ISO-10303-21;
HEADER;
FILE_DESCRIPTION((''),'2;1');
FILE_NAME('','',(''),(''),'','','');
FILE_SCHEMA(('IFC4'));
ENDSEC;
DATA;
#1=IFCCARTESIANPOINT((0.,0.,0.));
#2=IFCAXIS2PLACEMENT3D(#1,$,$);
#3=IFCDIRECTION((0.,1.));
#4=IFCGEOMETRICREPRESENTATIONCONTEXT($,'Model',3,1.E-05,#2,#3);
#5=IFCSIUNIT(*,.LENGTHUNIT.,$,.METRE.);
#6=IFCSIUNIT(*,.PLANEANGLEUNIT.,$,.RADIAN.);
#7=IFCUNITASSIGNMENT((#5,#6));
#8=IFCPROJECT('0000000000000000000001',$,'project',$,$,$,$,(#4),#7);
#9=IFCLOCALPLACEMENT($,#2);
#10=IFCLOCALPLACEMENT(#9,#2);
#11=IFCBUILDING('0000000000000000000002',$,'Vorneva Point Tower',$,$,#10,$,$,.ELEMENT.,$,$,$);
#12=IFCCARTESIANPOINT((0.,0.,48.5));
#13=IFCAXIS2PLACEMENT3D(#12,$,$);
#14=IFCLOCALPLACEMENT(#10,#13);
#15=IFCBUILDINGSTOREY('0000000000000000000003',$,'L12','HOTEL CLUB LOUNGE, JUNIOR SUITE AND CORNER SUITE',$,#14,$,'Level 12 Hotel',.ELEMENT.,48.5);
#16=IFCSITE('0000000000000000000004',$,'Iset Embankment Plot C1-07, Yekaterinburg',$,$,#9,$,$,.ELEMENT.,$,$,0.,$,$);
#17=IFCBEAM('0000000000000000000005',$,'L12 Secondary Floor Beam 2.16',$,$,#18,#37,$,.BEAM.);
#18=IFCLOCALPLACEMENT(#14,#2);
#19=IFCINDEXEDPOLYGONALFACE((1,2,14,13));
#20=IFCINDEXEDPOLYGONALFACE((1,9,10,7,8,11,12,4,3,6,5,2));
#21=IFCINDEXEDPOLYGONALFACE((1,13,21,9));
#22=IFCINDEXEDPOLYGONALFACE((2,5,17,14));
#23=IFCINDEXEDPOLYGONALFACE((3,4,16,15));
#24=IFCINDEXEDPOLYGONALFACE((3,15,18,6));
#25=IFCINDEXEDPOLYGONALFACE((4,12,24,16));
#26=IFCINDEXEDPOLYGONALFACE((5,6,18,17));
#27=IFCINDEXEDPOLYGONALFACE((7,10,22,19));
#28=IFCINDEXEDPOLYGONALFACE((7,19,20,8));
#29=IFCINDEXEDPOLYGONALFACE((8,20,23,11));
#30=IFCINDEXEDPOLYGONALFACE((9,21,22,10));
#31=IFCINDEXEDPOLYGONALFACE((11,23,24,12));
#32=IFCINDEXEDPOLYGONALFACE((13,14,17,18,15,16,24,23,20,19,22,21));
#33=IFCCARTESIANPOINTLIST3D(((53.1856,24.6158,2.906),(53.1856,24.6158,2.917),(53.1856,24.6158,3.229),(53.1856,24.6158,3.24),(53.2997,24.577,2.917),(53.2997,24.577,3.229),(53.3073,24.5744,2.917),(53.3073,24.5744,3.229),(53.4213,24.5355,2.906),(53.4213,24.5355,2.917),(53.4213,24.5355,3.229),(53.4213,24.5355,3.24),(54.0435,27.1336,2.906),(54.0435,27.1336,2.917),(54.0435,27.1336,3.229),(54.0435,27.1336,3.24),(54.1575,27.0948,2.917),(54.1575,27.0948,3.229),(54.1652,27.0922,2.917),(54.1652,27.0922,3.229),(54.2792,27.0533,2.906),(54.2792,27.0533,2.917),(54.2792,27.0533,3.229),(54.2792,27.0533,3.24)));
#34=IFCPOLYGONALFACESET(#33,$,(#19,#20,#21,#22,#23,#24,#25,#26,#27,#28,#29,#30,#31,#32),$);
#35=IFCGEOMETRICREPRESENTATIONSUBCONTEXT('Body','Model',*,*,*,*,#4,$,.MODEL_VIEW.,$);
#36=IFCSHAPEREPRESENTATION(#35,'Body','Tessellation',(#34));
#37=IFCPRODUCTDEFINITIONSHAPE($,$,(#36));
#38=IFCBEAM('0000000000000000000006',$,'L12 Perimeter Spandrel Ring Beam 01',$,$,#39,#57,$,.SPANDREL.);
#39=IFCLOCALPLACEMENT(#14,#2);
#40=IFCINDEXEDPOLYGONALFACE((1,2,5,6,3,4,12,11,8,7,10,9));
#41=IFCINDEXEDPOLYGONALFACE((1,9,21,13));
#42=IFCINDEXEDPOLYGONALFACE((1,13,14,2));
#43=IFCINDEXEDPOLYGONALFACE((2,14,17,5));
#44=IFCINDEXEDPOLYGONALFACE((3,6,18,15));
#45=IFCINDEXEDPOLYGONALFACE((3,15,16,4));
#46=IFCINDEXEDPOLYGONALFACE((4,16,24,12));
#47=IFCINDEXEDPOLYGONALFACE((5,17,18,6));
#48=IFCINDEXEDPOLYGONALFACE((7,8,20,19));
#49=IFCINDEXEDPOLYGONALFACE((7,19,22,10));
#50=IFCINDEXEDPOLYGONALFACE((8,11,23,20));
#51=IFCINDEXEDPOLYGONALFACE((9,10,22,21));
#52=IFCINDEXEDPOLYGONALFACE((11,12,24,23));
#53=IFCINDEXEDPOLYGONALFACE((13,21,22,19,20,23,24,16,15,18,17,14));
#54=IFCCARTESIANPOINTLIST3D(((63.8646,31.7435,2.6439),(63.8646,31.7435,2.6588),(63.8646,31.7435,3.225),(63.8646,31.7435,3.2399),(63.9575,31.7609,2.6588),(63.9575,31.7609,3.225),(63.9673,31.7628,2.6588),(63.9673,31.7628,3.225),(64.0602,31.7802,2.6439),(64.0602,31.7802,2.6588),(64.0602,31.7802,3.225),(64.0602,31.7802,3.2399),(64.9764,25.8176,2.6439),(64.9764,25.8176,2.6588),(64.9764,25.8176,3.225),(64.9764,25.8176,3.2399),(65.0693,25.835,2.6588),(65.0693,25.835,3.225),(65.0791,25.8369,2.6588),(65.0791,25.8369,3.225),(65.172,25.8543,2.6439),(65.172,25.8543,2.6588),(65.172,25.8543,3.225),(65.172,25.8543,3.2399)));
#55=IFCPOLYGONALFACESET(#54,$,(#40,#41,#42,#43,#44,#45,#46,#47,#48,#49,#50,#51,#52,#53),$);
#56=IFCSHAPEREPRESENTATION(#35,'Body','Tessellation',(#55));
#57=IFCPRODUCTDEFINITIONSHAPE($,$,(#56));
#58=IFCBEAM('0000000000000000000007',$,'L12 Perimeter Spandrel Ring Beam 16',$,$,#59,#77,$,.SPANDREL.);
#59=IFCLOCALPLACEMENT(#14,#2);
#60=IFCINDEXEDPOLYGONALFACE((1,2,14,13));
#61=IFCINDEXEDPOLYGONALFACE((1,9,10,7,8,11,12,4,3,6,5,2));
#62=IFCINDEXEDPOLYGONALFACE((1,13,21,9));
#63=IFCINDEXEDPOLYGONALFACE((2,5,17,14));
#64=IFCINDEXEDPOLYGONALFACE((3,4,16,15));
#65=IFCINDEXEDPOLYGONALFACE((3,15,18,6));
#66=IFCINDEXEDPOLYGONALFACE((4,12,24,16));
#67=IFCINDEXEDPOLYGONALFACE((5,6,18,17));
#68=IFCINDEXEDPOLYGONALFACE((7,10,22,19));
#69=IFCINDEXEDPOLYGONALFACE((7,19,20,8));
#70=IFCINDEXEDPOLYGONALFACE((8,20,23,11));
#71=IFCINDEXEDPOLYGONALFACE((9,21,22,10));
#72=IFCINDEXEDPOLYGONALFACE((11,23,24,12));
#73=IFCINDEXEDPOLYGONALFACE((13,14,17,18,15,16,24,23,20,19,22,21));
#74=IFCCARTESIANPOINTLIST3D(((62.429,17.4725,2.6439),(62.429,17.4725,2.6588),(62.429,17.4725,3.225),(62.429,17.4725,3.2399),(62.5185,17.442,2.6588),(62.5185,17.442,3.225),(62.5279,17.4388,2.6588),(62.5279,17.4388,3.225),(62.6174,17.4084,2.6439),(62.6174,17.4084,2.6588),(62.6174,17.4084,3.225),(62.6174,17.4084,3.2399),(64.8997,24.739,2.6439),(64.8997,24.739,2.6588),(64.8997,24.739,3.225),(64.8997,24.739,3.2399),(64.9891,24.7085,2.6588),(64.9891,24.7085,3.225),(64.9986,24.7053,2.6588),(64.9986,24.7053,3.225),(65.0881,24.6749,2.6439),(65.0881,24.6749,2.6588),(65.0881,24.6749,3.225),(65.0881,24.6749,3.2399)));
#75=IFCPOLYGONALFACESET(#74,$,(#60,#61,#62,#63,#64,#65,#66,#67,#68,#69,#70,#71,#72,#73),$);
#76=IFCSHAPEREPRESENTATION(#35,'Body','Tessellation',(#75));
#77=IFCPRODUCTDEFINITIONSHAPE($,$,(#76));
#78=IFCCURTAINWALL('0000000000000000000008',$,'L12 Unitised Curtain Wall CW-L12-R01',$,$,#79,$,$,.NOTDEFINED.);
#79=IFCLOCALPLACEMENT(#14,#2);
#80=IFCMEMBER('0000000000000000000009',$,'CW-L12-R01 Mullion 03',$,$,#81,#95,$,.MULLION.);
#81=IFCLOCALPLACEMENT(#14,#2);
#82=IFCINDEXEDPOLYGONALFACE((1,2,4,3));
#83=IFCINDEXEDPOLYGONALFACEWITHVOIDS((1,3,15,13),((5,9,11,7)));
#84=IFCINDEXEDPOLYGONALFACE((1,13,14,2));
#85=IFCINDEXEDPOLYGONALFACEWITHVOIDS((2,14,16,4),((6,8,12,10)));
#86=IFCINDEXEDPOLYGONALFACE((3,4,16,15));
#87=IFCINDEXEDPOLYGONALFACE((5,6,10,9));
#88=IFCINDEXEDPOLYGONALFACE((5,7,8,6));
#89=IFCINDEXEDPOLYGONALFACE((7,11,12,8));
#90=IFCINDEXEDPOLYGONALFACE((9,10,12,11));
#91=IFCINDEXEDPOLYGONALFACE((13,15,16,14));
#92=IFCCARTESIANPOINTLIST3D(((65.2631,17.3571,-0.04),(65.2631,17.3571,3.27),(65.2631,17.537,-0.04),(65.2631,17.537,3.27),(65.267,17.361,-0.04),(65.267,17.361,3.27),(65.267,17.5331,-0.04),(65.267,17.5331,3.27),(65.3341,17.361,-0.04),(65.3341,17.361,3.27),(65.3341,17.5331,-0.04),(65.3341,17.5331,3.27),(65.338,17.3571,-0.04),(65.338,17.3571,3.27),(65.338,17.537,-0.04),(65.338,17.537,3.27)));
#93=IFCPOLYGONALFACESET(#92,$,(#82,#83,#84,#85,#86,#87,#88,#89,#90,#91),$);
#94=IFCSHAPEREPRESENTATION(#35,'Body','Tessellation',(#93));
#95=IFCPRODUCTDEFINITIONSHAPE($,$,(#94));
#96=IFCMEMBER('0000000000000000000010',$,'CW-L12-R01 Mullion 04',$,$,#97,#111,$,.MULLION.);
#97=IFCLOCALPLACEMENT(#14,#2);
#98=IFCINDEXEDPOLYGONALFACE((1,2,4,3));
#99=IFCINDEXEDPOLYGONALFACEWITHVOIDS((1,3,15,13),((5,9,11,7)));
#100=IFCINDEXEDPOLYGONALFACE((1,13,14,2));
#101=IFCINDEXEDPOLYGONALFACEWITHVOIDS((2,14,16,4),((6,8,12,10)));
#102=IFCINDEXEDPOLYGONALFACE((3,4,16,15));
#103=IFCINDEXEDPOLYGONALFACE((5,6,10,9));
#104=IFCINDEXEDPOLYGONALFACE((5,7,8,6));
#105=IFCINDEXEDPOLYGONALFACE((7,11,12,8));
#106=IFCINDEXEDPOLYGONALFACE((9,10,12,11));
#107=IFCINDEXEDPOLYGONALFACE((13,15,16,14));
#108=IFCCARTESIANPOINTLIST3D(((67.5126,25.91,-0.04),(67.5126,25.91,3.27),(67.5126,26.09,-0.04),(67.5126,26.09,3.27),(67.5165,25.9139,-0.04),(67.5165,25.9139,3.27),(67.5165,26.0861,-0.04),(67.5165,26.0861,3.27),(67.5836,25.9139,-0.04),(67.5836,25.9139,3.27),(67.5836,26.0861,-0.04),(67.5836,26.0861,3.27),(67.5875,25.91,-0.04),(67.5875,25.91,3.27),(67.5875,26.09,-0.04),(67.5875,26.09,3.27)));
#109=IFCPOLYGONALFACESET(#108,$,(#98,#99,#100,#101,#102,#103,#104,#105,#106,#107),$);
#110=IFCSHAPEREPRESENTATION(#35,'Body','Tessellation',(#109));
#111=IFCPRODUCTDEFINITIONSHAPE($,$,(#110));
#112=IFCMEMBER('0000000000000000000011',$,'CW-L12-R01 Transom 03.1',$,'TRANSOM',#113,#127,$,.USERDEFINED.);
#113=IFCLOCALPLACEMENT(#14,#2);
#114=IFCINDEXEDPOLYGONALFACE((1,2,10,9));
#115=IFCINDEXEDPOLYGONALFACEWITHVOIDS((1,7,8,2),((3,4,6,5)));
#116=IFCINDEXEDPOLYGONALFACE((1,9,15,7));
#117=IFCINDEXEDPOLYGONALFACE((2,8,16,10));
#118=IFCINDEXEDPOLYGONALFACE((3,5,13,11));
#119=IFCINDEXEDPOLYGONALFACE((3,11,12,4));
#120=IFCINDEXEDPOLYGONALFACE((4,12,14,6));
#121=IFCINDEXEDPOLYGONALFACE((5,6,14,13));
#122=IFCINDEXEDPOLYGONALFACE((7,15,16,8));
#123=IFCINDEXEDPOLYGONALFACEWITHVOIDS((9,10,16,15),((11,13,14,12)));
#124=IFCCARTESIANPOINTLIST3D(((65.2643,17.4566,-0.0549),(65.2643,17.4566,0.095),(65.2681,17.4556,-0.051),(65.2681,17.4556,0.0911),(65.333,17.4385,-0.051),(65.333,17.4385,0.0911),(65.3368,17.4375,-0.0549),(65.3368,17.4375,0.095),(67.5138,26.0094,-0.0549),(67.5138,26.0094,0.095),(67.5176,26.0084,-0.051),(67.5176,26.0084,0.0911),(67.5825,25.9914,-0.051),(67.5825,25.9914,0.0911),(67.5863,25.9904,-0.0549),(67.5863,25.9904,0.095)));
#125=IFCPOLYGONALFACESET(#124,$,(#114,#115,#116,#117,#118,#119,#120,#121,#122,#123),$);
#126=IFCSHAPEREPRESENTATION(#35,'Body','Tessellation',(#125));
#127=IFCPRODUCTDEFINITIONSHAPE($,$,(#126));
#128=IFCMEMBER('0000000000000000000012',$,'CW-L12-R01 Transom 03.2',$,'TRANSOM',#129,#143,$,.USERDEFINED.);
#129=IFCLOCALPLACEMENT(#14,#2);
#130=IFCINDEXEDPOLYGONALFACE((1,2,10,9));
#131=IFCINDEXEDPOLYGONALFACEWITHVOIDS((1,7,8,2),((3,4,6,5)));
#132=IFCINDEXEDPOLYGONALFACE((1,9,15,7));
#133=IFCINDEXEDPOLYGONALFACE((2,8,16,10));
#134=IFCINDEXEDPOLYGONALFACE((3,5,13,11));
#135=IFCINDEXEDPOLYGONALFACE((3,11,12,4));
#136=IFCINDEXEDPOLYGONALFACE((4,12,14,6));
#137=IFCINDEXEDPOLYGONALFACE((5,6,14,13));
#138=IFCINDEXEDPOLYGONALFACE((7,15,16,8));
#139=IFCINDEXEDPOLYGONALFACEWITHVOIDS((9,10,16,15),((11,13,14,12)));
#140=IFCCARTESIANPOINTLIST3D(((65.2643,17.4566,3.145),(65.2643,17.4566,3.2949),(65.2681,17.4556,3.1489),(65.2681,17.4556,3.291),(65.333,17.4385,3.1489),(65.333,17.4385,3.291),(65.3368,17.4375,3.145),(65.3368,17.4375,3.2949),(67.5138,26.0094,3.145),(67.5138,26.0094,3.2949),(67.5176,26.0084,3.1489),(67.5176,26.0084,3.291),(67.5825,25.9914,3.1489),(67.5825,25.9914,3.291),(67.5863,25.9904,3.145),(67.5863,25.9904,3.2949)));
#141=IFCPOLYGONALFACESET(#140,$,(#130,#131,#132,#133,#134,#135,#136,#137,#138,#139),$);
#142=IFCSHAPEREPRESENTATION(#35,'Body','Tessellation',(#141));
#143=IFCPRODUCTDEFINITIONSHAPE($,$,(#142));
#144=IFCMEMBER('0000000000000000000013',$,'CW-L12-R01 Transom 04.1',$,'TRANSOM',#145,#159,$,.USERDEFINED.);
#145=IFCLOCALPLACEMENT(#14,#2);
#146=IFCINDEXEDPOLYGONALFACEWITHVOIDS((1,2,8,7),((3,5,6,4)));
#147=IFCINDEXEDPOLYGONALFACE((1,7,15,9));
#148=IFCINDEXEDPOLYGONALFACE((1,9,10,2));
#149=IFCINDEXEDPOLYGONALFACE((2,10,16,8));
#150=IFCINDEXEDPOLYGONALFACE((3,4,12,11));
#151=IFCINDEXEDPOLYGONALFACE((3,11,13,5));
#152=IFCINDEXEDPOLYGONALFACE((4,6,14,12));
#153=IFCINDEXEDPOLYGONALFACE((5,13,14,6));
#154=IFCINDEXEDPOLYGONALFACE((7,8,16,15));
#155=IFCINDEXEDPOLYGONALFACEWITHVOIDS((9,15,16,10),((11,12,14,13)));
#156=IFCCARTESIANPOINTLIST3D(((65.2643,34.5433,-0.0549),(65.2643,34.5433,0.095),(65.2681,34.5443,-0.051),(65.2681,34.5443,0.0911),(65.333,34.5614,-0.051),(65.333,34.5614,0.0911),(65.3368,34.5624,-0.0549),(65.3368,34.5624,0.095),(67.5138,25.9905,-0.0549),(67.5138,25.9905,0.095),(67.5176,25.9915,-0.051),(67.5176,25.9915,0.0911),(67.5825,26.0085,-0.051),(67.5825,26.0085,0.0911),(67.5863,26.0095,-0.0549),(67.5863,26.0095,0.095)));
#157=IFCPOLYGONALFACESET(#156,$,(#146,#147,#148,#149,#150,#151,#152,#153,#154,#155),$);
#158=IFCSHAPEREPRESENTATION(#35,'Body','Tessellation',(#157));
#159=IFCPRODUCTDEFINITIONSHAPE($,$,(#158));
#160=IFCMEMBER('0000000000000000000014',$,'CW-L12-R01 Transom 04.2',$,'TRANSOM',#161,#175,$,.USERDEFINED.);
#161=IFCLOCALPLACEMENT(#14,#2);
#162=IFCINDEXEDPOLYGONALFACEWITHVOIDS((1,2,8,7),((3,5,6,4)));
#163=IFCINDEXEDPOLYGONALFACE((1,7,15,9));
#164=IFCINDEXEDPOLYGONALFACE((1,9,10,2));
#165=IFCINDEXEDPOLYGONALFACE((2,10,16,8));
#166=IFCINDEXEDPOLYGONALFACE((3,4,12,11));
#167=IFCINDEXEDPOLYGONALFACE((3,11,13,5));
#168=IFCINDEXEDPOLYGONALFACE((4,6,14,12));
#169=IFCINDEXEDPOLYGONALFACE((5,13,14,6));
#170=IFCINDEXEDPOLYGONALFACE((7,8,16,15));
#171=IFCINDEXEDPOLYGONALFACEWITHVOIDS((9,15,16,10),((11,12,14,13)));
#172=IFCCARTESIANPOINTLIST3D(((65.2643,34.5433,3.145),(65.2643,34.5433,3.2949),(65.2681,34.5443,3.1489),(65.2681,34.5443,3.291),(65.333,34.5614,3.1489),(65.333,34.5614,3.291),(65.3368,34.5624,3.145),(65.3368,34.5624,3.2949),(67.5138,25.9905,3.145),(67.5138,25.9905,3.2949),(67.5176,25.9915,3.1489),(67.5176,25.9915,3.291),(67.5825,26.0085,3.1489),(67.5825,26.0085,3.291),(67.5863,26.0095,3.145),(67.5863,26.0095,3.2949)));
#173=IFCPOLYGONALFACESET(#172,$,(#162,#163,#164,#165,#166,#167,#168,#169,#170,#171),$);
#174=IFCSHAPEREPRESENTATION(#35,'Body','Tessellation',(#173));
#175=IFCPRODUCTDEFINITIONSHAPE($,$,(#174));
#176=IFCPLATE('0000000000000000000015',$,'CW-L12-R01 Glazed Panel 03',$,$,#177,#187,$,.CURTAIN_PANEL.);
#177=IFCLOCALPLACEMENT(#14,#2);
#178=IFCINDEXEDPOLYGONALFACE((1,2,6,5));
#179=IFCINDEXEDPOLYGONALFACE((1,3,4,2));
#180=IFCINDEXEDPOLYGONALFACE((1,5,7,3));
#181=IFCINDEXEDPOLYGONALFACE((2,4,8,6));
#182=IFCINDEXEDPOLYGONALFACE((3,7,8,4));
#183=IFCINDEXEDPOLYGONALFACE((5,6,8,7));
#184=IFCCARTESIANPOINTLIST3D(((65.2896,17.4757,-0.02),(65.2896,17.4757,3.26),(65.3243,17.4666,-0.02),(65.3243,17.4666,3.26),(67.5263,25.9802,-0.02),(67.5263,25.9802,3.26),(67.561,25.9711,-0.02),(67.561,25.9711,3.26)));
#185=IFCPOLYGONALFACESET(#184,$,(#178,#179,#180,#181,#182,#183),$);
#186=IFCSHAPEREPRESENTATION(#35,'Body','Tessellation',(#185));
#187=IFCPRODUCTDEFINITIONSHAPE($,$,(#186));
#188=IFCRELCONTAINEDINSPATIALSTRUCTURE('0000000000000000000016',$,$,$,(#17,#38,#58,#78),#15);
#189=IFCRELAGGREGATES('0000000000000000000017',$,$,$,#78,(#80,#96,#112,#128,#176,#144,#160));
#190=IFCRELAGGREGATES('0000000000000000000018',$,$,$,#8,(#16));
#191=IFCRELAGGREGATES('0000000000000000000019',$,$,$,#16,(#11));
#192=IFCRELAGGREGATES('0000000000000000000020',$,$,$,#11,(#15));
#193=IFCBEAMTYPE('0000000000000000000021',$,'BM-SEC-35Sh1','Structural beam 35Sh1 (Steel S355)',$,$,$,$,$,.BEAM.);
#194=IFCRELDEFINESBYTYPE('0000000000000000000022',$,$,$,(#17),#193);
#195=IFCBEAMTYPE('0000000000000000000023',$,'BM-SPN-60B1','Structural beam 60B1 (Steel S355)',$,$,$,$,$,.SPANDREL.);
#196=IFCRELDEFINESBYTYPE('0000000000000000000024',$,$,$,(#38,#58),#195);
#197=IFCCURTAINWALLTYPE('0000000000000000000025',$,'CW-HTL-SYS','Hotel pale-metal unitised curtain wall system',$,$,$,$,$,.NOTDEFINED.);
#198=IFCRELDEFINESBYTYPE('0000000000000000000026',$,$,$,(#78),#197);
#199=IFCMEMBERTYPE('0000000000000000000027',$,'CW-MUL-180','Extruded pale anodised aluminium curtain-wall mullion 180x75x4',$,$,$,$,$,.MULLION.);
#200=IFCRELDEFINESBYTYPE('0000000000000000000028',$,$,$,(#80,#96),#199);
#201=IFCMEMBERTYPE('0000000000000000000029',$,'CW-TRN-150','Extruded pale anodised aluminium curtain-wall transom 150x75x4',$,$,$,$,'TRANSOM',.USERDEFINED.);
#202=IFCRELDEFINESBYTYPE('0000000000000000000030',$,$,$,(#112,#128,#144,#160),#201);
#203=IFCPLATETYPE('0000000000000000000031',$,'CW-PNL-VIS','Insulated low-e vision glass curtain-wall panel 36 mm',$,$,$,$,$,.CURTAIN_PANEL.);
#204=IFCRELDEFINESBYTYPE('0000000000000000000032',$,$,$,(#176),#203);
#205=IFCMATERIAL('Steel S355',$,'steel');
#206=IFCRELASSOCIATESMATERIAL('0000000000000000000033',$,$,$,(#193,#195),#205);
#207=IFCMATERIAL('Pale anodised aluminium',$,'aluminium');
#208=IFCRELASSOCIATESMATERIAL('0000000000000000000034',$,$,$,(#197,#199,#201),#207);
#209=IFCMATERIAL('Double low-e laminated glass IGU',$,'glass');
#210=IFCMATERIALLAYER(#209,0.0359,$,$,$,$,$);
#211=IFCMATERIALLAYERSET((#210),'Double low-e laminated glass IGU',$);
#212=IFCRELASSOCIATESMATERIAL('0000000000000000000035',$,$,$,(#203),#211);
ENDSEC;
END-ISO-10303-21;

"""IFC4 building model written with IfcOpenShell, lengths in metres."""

from ifc_helpers import new_model, si_unit, direction, frame, origin, origin_2d, place, context, subcontext, project, spatial, rectangle, hollow_rectangle, i_section, extrude, material, layer, layer_set, material_profile, profile_set, type_object, element, aggregate, save


model = new_model("IFC4")

# Units and contexts
model_context = context("Model", 3, precision=1e-05, world=origin(), true_north=direction((0.0, 1.0)))
body_context = subcontext(model_context, "Body", "Model", "MODEL_VIEW")
ifc_project = project(units=[si_unit("LENGTHUNIT", "METRE"), si_unit("PLANEANGLEUNIT", "RADIAN")], contexts=[model_context])

# Site, building, storey
site_placement = place(None, origin())
site = spatial("IfcSite", under=ifc_project, at=site_placement, Name="Iset Embankment Plot C1-07, Yekaterinburg", CompositionType="ELEMENT", RefElevation=0.0)
building_placement = place(site_placement, origin())
building = spatial("IfcBuilding", under=site, at=building_placement, Name="Vorneva Point Tower", CompositionType="ELEMENT")
storey_placement = place(building_placement, frame((0.0, 0.0, 48.5)))
storey = spatial("IfcBuildingStorey", under=building, at=storey_placement, Name="L12", Description="HOTEL CLUB LOUNGE, JUNIOR SUITE AND CORNER SUITE", LongName="Level 12 Hotel", CompositionType="ELEMENT", Elevation=48.5)

# Beams
ifc_material_1 = material(Name="Steel S355", Category="steel")
ifc_material_profile_1 = material_profile(ifc_material_1, i_section(OverallWidth=0.249, OverallDepth=0.334, WebThickness=0.0081, FlangeThickness=0.011, at=origin_2d()), Name="35Sh1")
ifc_profile_set_1 = profile_set([ifc_material_profile_1], Name="Steel S355")
beam_type_1 = type_object("IfcBeamType", Name="BM-SEC-35Sh1", Description="Structural beam 35Sh1 (Steel S355)", PredefinedType="BEAM", material=ifc_profile_set_1)
beam_1_placement = place(storey_placement, frame((53.3035, 24.5757, 3.073), z_axis=(0.322526, 0.946561, 0.0), x_axis=(-0.946561, 0.322526, 0.0)))
element("IfcBeam", 1, at=beam_1_placement, inside=storey, type_object=beam_type_1, Name="L12 Secondary Floor Beam 2.16", PredefinedType="BEAM", context=body_context, shape_type="SweptSolid", body=[
    extrude(i_section(OverallWidth=0.249, OverallDepth=0.334, WebThickness=0.0081, FlangeThickness=0.011, at=origin_2d()), origin(), (0.0, 0.0, 1.0), 2.6599),
])
ifc_material_profile_2 = material_profile(ifc_material_1, i_section(OverallWidth=0.199, OverallDepth=0.5959, WebThickness=0.01, FlangeThickness=0.0149, at=origin_2d()), Name="60B1")
ifc_profile_set_2 = profile_set([ifc_material_profile_2], Name="Steel S355")
beam_type_2 = type_object("IfcBeamType", Name="BM-SPN-60B1", Description="Structural beam 60B1 (Steel S355)", PredefinedType="SPANDREL", material=ifc_profile_set_2)
beam_2_placement = place(storey_placement, frame((65.0742, 25.8359, 2.9419), z_axis=(-0.184406, 0.98285, 0.0), x_axis=(-0.98285, -0.184406, 0.0)))
element("IfcBeam", 2, at=beam_2_placement, inside=storey, type_object=beam_type_2, Name="L12 Perimeter Spandrel Ring Beam 01", PredefinedType="SPANDREL", context=body_context, shape_type="SweptSolid", body=[
    extrude(i_section(OverallWidth=0.199, OverallDepth=0.5959, WebThickness=0.01, FlangeThickness=0.0149, at=origin_2d()), origin(), (0.0, 0.0, 1.0), 6.0293),
])
beam_3_placement = place(storey_placement, frame((62.5232, 17.4404, 2.9419), z_axis=(0.32191, 0.94677, 0.0), x_axis=(-0.94677, 0.32191, 0.0)))
element("IfcBeam", 3, at=beam_3_placement, inside=storey, type_object=beam_type_2, Name="L12 Perimeter Spandrel Ring Beam 16", PredefinedType="SPANDREL", context=body_context, shape_type="SweptSolid", body=[
    extrude(i_section(OverallWidth=0.199, OverallDepth=0.5959, WebThickness=0.01, FlangeThickness=0.0149, at=origin_2d()), origin(), (0.0, 0.0, 1.0), 7.675),
])

# Curtain wall, members, plate
ifc_material_2 = material(Name="Pale anodised aluminium", Category="aluminium")
curtain_wall_type = type_object("IfcCurtainWallType", Name="CW-HTL-SYS", Description="Hotel pale-metal unitised curtain wall system", PredefinedType="NOTDEFINED", material=ifc_material_2)
curtain_wall_placement = place(storey_placement, origin())
curtain_wall = element("IfcCurtainWall", 4, at=curtain_wall_placement, inside=storey, type_object=curtain_wall_type, Name="L12 Unitised Curtain Wall CW-L12-R01", PredefinedType="NOTDEFINED")
ifc_material_profile_3 = material_profile(ifc_material_2, hollow_rectangle(XDim=0.075, YDim=0.1799, WallThickness=0.0039, at=origin_2d()), Name="AL-MUL 180x75x4")
ifc_profile_set_3 = profile_set([ifc_material_profile_3], Name="Pale anodised aluminium")
member_type_1 = type_object("IfcMemberType", Name="CW-MUL-180", Description="Extruded pale anodised aluminium curtain-wall mullion 180x75x4", PredefinedType="MULLION", material=ifc_profile_set_3)
member_1_placement = place(storey_placement, frame((65.3005, 17.447, -0.04), z_axis=(0.0, 0.0, 1.0), x_axis=(1.0, 0.0, 0.0)))
member_1 = element("IfcMember", 5, at=member_1_placement, type_object=member_type_1, Name="CW-L12-R01 Mullion 03", PredefinedType="MULLION", context=body_context, shape_type="SweptSolid", body=[
    extrude(hollow_rectangle(XDim=0.075, YDim=0.1799, WallThickness=0.0039, at=origin_2d()), origin(), (0.0, 0.0, 1.0), 3.3101),
])
member_2_placement = place(storey_placement, frame((67.55, 26.0, -0.04), z_axis=(0.0, 0.0, 1.0), x_axis=(1.0, 0.0, 0.0)))
member_2 = element("IfcMember", 6, at=member_2_placement, type_object=member_type_1, Name="CW-L12-R01 Mullion 04", PredefinedType="MULLION", context=body_context, shape_type="SweptSolid", body=[
    extrude(hollow_rectangle(XDim=0.075, YDim=0.1799, WallThickness=0.0039, at=origin_2d()), origin(), (0.0, 0.0, 1.0), 3.3101),
])
ifc_material_profile_4 = material_profile(ifc_material_2, hollow_rectangle(XDim=0.075, YDim=0.1499, WallThickness=0.0039, at=origin_2d()), Name="AL-TRN 150x75x4")
ifc_profile_set_4 = profile_set([ifc_material_profile_4], Name="Pale anodised aluminium")
member_type_2 = type_object("IfcMemberType", Name="CW-TRN-150", Description="Extruded pale anodised aluminium curtain-wall transom 150x75x4", ElementType="TRANSOM", PredefinedType="USERDEFINED", material=ifc_profile_set_4)
member_3_placement = place(storey_placement, frame((65.3005, 17.447, 0.02), z_axis=(0.254359, 0.96711, 0.0), x_axis=(-0.96711, 0.254359, 0.0)))
member_3 = element("IfcMember", 7, at=member_3_placement, type_object=member_type_2, Name="CW-L12-R01 Transom 03.1", ObjectType="TRANSOM", PredefinedType="USERDEFINED", context=body_context, shape_type="SweptSolid", body=[
    extrude(hollow_rectangle(XDim=0.075, YDim=0.1499, WallThickness=0.0039, at=origin_2d()), origin(), (0.0, 0.0, 1.0), 8.8438),
])
member_4_placement = place(storey_placement, frame((65.3005, 17.447, 3.22), z_axis=(0.254359, 0.96711, 0.0), x_axis=(-0.96711, 0.254359, 0.0)))
member_4 = element("IfcMember", 8, at=member_4_placement, type_object=member_type_2, Name="CW-L12-R01 Transom 03.2", ObjectType="TRANSOM", PredefinedType="USERDEFINED", context=body_context, shape_type="SweptSolid", body=[
    extrude(hollow_rectangle(XDim=0.075, YDim=0.1499, WallThickness=0.0039, at=origin_2d()), origin(), (0.0, 0.0, 1.0), 8.8438),
])
member_5_placement = place(storey_placement, frame((67.55, 26.0, 0.02), z_axis=(-0.254359, 0.96711, 0.0), x_axis=(-0.96711, -0.254359, 0.0)))
member_5 = element("IfcMember", 9, at=member_5_placement, type_object=member_type_2, Name="CW-L12-R01 Transom 04.1", ObjectType="TRANSOM", PredefinedType="USERDEFINED", context=body_context, shape_type="SweptSolid", body=[
    extrude(hollow_rectangle(XDim=0.075, YDim=0.1499, WallThickness=0.0039, at=origin_2d()), origin(), (0.0, 0.0, 1.0), 8.8438),
])
member_6_placement = place(storey_placement, frame((67.55, 26.0, 3.22), z_axis=(-0.254359, 0.96711, 0.0), x_axis=(-0.96711, -0.254359, 0.0)))
member_6 = element("IfcMember", 10, at=member_6_placement, type_object=member_type_2, Name="CW-L12-R01 Transom 04.2", ObjectType="TRANSOM", PredefinedType="USERDEFINED", context=body_context, shape_type="SweptSolid", body=[
    extrude(hollow_rectangle(XDim=0.075, YDim=0.1499, WallThickness=0.0039, at=origin_2d()), origin(), (0.0, 0.0, 1.0), 8.8438),
])
ifc_material_3 = material(Name="Double low-e laminated glass IGU", Category="glass")
ifc_layer_1 = layer(ifc_material_3, 0.0359)
ifc_layer_set_1 = layer_set([ifc_layer_1], Name="Double low-e laminated glass IGU")
plate_type = type_object("IfcPlateType", Name="CW-PNL-VIS", Description="Insulated low-e vision glass curtain-wall panel 36 mm", PredefinedType="CURTAIN_PANEL", material=ifc_layer_set_1)
plate_placement = place(storey_placement, frame((66.4253, 21.7234, -0.02), z_axis=(0.0, 0.0, 1.0), x_axis=(0.254349, 0.967113, 0.0)))
plate = element("IfcPlate", 11, at=plate_placement, type_object=plate_type, Name="CW-L12-R01 Glazed Panel 03", PredefinedType="CURTAIN_PANEL", context=body_context, shape_type="SweptSolid", body=[
    extrude(rectangle(XDim=8.7937, YDim=0.0359, at=origin_2d()), origin(), (0.0, 0.0, 1.0), 3.28),
])
aggregate(curtain_wall, [member_1, member_2, member_3, member_4, plate, member_5, member_6])

save(model, "model.ifc")
